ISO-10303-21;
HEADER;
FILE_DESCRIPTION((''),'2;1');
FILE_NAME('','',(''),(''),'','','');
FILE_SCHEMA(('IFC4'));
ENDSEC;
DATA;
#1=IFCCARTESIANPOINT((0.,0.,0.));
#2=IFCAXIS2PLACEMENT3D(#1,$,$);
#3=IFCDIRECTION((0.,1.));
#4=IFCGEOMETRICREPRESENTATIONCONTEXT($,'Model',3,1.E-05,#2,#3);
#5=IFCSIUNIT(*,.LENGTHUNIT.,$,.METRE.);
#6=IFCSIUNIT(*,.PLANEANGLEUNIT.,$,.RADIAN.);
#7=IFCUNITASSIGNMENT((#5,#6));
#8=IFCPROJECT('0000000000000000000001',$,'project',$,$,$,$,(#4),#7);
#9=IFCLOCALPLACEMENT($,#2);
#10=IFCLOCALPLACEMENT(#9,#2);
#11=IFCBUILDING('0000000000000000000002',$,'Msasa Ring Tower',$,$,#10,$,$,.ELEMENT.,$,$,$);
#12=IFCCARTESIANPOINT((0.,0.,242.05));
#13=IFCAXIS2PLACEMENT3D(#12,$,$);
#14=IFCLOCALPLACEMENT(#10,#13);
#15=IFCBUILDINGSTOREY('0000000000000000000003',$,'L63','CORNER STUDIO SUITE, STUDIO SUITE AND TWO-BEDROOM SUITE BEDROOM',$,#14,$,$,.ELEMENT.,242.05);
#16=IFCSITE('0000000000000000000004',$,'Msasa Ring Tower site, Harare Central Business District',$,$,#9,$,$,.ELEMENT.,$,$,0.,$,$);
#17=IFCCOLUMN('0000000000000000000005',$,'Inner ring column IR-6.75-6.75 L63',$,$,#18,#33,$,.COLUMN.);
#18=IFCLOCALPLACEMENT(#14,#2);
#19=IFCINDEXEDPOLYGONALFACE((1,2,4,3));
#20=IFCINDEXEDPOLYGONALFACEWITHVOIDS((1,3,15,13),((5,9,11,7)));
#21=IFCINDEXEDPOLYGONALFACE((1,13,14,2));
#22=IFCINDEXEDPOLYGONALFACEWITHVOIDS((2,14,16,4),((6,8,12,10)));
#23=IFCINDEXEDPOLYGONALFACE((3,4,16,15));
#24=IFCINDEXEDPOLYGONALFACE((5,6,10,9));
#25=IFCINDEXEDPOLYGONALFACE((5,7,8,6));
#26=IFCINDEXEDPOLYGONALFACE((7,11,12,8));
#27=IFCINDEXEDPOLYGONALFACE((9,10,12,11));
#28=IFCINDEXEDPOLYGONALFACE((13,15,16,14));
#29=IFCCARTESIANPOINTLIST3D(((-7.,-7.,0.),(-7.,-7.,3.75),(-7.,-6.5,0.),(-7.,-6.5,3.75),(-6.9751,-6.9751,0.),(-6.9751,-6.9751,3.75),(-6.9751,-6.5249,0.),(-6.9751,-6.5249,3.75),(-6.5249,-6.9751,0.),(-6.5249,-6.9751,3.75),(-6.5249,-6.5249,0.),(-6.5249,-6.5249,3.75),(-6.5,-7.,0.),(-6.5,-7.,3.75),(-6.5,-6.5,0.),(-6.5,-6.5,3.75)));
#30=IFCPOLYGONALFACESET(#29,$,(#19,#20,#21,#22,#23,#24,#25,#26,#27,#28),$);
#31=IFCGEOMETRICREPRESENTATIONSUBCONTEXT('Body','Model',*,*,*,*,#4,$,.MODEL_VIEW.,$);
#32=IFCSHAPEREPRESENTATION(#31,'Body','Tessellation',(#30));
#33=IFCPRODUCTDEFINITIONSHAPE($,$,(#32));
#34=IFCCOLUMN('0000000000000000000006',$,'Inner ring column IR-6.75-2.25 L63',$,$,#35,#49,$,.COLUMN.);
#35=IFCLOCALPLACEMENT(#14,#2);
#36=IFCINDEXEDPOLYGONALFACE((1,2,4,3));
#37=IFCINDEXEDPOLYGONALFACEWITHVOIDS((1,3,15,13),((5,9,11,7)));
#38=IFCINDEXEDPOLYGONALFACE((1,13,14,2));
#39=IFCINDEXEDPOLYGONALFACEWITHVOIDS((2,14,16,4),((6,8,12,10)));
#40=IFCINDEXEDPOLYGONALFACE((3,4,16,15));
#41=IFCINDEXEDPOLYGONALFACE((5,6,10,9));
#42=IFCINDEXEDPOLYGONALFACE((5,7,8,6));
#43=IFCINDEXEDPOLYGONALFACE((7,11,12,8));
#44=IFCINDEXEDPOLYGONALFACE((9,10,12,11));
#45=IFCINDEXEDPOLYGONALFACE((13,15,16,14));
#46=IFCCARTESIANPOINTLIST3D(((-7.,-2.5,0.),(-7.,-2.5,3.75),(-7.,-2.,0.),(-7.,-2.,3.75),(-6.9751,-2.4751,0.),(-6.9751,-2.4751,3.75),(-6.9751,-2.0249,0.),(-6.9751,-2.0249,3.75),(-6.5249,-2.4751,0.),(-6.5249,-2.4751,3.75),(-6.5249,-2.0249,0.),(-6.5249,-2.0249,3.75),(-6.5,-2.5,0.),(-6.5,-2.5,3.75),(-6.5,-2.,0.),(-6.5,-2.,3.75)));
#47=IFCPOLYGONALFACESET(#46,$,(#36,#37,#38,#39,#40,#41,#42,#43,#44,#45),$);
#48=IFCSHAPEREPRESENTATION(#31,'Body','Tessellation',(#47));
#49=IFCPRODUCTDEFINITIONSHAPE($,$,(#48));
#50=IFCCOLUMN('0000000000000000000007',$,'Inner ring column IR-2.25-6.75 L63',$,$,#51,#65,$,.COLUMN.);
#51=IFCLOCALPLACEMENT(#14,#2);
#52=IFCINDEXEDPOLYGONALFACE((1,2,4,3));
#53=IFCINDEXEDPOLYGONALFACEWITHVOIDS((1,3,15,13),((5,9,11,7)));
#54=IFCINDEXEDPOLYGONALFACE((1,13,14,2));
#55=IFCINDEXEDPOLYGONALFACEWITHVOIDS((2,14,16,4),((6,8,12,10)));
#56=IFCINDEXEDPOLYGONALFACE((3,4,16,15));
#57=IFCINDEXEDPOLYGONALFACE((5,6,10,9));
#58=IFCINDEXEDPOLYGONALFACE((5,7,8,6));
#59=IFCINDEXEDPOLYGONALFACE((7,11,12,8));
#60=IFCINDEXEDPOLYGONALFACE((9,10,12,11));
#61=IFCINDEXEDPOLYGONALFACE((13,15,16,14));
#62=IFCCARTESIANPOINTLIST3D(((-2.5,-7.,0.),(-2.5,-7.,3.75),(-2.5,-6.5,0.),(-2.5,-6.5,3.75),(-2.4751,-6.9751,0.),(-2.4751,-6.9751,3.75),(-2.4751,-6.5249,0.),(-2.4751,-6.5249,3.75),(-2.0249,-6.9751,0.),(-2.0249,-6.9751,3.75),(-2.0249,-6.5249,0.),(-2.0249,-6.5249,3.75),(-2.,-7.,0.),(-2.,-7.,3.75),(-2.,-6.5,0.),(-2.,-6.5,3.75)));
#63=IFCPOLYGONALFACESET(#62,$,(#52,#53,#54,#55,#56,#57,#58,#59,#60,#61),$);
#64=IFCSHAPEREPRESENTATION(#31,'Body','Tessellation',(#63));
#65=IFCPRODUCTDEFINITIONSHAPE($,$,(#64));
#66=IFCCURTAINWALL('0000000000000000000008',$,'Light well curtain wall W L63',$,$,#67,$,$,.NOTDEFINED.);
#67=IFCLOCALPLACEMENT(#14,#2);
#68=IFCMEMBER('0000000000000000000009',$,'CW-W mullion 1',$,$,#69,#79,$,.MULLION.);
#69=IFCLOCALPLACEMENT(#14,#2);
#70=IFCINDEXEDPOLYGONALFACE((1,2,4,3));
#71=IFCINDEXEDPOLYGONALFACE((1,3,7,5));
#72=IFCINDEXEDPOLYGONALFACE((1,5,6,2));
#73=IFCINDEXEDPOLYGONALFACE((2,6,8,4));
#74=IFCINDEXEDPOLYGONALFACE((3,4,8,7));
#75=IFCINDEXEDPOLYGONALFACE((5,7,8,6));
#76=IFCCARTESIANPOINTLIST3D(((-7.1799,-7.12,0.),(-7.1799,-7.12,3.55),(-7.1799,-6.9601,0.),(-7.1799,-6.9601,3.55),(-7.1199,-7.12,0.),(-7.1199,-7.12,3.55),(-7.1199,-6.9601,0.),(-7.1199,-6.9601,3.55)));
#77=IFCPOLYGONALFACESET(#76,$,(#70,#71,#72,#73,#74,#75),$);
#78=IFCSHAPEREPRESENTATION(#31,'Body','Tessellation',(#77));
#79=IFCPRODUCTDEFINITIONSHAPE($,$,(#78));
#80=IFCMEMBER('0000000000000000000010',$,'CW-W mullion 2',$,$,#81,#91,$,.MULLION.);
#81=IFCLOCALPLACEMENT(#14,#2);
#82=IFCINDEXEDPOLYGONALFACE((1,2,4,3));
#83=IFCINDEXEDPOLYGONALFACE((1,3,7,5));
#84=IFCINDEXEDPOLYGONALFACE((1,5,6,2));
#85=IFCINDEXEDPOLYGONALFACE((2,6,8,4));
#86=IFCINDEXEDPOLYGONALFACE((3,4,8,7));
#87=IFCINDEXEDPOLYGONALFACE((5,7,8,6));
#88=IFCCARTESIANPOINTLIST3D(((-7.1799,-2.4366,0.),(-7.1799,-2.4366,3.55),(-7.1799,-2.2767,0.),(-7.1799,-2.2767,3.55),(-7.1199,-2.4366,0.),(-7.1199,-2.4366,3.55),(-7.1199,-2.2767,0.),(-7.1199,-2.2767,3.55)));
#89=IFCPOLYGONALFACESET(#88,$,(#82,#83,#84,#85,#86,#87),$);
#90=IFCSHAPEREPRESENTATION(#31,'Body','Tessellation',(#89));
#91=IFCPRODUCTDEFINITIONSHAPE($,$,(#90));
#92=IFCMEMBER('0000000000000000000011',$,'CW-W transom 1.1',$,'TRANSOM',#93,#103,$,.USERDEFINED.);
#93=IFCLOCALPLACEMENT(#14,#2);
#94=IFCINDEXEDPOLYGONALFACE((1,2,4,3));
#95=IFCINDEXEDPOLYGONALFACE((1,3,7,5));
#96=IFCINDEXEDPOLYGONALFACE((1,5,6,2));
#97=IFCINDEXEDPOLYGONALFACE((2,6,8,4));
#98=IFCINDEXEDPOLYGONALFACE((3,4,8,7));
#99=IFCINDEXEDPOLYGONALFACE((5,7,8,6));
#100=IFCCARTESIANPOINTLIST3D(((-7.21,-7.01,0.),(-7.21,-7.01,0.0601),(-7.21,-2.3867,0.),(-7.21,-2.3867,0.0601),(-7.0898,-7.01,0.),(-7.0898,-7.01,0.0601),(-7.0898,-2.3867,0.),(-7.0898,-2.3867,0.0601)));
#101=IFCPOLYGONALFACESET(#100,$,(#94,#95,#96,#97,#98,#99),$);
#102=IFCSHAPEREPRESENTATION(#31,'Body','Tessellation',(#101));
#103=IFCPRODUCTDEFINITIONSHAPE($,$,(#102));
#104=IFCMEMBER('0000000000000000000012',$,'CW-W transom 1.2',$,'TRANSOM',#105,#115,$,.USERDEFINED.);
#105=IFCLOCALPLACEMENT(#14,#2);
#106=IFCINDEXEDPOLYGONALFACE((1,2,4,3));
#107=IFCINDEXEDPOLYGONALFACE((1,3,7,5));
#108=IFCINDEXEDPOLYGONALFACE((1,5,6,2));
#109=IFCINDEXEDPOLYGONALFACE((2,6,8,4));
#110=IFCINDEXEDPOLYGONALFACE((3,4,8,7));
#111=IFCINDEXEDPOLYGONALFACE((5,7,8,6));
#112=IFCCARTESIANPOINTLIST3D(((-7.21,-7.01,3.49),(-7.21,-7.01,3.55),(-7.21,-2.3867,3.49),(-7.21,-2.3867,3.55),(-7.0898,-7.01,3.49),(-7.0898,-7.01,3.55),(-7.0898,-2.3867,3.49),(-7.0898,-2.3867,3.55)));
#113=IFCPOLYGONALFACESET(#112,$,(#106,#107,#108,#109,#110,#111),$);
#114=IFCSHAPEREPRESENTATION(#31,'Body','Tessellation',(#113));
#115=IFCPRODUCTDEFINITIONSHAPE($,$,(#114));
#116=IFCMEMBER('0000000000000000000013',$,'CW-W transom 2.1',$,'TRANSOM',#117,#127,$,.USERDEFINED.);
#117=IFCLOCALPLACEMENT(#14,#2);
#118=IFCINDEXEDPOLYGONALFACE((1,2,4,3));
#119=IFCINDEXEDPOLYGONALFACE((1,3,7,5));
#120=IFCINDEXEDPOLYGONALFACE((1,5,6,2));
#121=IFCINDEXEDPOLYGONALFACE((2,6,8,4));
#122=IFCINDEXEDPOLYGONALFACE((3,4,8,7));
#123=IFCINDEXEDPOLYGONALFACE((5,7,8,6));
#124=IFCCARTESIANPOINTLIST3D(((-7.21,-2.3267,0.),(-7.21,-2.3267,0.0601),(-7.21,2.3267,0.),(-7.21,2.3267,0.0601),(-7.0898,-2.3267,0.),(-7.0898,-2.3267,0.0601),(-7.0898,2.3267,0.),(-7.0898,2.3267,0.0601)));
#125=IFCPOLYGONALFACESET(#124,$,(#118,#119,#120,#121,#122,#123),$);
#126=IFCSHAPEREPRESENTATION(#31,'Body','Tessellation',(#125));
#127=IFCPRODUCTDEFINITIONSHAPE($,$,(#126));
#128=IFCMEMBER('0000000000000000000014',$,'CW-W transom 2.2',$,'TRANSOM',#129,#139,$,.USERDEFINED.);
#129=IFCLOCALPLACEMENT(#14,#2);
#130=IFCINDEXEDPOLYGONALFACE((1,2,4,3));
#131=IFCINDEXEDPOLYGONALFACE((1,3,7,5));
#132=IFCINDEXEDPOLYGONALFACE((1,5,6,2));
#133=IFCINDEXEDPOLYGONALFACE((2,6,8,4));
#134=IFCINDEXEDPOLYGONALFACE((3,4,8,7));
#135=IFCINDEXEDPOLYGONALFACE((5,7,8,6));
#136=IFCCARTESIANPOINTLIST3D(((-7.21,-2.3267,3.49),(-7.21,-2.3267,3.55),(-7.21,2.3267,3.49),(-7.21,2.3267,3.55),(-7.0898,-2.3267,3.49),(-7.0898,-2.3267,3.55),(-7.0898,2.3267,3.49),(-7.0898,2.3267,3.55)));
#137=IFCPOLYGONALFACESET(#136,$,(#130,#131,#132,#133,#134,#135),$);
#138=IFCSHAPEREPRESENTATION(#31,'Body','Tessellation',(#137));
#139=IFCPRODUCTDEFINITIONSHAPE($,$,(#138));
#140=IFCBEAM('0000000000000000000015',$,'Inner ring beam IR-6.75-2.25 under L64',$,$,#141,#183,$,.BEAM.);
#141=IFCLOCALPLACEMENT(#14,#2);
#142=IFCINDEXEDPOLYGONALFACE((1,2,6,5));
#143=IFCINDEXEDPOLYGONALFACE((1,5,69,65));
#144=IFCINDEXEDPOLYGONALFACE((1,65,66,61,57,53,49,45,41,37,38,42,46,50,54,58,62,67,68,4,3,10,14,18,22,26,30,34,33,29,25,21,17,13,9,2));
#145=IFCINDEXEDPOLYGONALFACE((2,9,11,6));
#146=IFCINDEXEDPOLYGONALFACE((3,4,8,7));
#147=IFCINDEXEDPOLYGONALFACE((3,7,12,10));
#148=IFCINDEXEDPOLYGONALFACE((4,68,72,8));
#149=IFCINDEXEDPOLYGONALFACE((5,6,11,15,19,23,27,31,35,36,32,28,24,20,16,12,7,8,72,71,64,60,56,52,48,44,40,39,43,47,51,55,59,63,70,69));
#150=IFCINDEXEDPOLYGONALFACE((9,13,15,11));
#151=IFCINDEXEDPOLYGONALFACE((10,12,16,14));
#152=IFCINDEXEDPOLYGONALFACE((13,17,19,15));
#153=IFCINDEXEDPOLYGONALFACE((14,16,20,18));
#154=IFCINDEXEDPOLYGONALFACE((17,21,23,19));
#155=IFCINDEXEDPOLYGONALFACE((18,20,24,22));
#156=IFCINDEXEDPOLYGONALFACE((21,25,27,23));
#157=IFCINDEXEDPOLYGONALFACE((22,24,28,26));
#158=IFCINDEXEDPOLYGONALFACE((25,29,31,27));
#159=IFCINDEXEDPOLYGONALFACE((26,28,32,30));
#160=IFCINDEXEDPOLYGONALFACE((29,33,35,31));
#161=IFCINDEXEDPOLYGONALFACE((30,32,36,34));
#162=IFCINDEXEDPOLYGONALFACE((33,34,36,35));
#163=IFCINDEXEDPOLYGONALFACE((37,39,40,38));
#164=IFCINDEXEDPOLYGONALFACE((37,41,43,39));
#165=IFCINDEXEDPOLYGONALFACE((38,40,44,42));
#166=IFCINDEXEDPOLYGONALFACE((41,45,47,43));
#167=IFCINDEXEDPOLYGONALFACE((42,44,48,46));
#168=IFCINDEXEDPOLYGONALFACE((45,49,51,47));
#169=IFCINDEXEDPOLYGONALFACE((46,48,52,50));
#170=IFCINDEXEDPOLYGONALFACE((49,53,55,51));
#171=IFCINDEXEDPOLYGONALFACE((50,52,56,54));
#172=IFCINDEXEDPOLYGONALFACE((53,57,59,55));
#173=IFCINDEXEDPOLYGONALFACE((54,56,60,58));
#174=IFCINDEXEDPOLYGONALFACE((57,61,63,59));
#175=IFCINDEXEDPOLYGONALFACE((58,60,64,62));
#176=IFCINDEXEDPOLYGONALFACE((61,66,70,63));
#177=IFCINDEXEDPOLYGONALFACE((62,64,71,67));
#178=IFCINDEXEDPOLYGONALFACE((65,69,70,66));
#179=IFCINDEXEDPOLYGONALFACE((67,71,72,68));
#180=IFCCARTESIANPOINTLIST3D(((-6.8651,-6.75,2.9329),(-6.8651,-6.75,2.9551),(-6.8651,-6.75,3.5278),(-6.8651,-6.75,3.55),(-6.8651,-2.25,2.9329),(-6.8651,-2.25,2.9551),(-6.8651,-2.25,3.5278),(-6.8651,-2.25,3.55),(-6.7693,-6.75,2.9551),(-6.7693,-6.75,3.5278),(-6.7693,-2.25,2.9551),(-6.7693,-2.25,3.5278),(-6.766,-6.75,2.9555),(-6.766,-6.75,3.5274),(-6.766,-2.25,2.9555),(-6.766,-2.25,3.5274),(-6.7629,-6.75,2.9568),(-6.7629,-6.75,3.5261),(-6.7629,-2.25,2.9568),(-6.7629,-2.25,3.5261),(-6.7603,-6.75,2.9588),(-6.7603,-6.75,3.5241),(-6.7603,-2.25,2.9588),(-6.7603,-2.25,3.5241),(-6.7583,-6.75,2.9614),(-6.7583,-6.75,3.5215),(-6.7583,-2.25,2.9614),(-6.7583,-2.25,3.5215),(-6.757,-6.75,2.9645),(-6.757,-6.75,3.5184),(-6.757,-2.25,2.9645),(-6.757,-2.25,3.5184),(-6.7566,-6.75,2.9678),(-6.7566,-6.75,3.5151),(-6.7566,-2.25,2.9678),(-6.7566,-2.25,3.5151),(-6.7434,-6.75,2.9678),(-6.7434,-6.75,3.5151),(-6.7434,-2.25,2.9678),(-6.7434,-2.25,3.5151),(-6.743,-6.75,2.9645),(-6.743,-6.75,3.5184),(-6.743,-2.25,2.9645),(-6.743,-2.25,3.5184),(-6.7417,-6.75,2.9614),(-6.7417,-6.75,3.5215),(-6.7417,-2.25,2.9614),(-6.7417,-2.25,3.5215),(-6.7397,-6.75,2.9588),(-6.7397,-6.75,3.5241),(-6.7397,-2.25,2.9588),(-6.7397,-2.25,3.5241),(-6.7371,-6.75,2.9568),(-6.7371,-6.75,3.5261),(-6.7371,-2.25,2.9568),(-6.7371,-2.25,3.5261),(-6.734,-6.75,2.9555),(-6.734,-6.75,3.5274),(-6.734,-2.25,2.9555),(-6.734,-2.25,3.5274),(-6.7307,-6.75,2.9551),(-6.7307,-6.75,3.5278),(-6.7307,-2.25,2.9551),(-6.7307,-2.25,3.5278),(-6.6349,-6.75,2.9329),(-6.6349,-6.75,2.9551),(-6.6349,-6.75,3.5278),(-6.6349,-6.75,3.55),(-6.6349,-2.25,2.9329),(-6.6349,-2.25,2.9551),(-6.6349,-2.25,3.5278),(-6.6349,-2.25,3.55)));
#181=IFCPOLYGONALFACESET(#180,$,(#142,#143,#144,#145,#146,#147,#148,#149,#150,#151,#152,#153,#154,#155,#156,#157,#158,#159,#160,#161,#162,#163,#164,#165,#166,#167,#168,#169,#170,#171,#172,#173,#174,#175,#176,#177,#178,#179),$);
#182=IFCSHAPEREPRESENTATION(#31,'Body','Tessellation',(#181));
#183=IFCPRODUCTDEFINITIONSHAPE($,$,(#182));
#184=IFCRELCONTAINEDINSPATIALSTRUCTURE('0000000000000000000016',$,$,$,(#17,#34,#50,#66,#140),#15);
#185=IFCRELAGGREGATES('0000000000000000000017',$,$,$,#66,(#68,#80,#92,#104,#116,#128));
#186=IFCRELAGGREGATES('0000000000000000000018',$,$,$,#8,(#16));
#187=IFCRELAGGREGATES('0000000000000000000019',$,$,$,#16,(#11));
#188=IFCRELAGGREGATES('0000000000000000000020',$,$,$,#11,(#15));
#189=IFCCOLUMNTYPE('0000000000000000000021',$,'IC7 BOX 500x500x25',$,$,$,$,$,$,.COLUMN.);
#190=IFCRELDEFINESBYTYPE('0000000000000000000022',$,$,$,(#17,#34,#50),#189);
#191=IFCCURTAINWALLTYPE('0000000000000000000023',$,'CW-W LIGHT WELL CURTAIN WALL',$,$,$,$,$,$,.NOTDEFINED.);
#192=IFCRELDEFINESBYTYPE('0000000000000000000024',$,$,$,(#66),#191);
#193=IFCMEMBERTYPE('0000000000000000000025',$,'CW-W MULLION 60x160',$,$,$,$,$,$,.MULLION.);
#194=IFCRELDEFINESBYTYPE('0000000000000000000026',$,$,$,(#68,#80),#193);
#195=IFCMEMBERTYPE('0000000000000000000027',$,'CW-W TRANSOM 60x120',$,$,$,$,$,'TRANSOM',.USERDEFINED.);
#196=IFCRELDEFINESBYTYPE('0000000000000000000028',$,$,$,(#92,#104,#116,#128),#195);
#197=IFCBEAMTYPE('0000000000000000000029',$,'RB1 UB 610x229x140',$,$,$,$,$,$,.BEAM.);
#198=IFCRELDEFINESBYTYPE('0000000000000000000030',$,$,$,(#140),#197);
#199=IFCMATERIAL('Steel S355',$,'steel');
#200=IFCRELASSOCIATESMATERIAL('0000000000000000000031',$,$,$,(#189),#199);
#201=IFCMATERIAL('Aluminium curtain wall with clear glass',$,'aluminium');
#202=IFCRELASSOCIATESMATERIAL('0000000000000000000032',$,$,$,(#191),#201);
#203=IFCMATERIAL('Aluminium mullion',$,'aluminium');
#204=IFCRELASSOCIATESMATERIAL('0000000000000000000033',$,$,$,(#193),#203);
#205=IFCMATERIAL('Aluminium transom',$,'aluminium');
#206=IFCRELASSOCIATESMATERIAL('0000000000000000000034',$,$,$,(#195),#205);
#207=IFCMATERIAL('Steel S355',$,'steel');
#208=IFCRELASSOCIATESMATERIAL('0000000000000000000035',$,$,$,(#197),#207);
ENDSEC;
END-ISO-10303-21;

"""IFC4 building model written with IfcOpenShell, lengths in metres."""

from ifc_helpers import new_model, si_unit, direction, frame, origin, origin_2d, place, context, subcontext, project, spatial, rectangle, hollow_rectangle, i_section, extrude, material, material_profile, profile_set, type_object, element, aggregate, save


model = new_model("IFC4")

# Units and contexts
model_context = context("Model", 3, precision=1e-05, world=origin(), true_north=direction((0.0, 1.0)))
body_context = subcontext(model_context, "Body", "Model", "MODEL_VIEW")
ifc_project = project(units=[si_unit("LENGTHUNIT", "METRE"), si_unit("PLANEANGLEUNIT", "RADIAN")], contexts=[model_context])

# Site, building, storey
site_placement = place(None, origin())
site = spatial("IfcSite", under=ifc_project, at=site_placement, Name="Msasa Ring Tower site, Harare Central Business District", CompositionType="ELEMENT", RefElevation=0.0)
building_placement = place(site_placement, origin())
building = spatial("IfcBuilding", under=site, at=building_placement, Name="Msasa Ring Tower", CompositionType="ELEMENT")
storey_placement = place(building_placement, frame((0.0, 0.0, 242.05)))
storey = spatial("IfcBuildingStorey", under=building, at=storey_placement, Name="L63", Description="CORNER STUDIO SUITE, STUDIO SUITE AND TWO-BEDROOM SUITE BEDROOM", CompositionType="ELEMENT", Elevation=242.05)

# Columns
ifc_material_1 = material(Name="Steel S355", Category="steel")
ifc_material_profile_1 = material_profile(ifc_material_1, hollow_rectangle(XDim=0.5, YDim=0.5, WallThickness=0.0249, at=origin_2d()), Name="BOX 500x500x25")
ifc_profile_set_1 = profile_set([ifc_material_profile_1], Name="Steel S355")
column_type = type_object("IfcColumnType", Name="IC7 BOX 500x500x25", PredefinedType="COLUMN", material=ifc_profile_set_1)
for number, where, z_axis, x_axis, name in (
    (1, (-6.75, -6.75, 0.0), (0.0, 0.0, 1.0), (1.0, 0.0, 0.0), "Inner ring column IR-6.75-6.75 L63"),
    (2, (-6.75, -2.25, 0.0), (0.0, 0.0, 1.0), (1.0, 0.0, 0.0), "Inner ring column IR-6.75-2.25 L63"),
    (3, (-2.25, -6.75, 0.0), (0.0, 0.0, 1.0), (1.0, 0.0, 0.0), "Inner ring column IR-2.25-6.75 L63"),
):
    element("IfcColumn", number, at=place(storey_placement, frame(where, z_axis=z_axis, x_axis=x_axis)), inside=storey, type_object=column_type, Name=name, PredefinedType="COLUMN", context=body_context, shape_type="SweptSolid", body=[
        extrude(hollow_rectangle(XDim=0.5, YDim=0.5, WallThickness=0.0249, at=origin_2d()), origin(), (0.0, 0.0, 1.0), 3.75),
    ])

# Curtain wall, members
ifc_material_2 = material(Name="Aluminium curtain wall with clear glass", Category="aluminium")
curtain_wall_type = type_object("IfcCurtainWallType", Name="CW-W LIGHT WELL CURTAIN WALL", PredefinedType="NOTDEFINED", material=ifc_material_2)
curtain_wall_1_placement = place(storey_placement, origin())
curtain_wall_1 = element("IfcCurtainWall", 4, at=curtain_wall_1_placement, inside=storey, type_object=curtain_wall_type, Name="Light well curtain wall W L63", PredefinedType="NOTDEFINED")
ifc_material_3 = material(Name="Aluminium mullion", Category="aluminium")
ifc_material_profile_2 = material_profile(ifc_material_3, rectangle(XDim=0.0601, YDim=0.1599, at=origin_2d()), Name="AL 60x160")
ifc_profile_set_2 = profile_set([ifc_material_profile_2], Name="Aluminium mullion")
member_type_1 = type_object("IfcMemberType", Name="CW-W MULLION 60x160", PredefinedType="MULLION", material=ifc_profile_set_2)
member_1_placement = place(storey_placement, frame((-7.1499, -7.04, 0.0), z_axis=(0.0, 0.0, 1.0), x_axis=(-1.0, 0.0, 0.0)))
member_1 = element("IfcMember", 5, at=member_1_placement, type_object=member_type_1, Name="CW-W mullion 1", PredefinedType="MULLION", context=body_context, shape_type="SweptSolid", body=[
    extrude(rectangle(XDim=0.0601, YDim=0.1599, at=origin_2d()), origin(), (0.0, 0.0, 1.0), 3.55),
])
member_2_placement = place(storey_placement, frame((-7.1499, -2.3567, 0.0), z_axis=(0.0, 0.0, 1.0), x_axis=(-1.0, 0.0, 0.0)))
member_2 = element("IfcMember", 6, at=member_2_placement, type_object=member_type_1, Name="CW-W mullion 2", PredefinedType="MULLION", context=body_context, shape_type="SweptSolid", body=[
    extrude(rectangle(XDim=0.0601, YDim=0.1599, at=origin_2d()), origin(), (0.0, 0.0, 1.0), 3.55),
])
ifc_material_4 = material(Name="Aluminium transom", Category="aluminium")
ifc_material_profile_3 = material_profile(ifc_material_4, rectangle(XDim=0.1201, YDim=0.0601, at=origin_2d()), Name="AL 60x120")
ifc_profile_set_3 = profile_set([ifc_material_profile_3], Name="Aluminium transom")
member_type_2 = type_object("IfcMemberType", Name="CW-W TRANSOM 60x120", ElementType="TRANSOM", PredefinedType="USERDEFINED", material=ifc_profile_set_3)
member_3_placement = place(storey_placement, frame((-7.1499, -7.01, 0.03), z_axis=(0.0, 1.0, 0.0), x_axis=(-1.0, 0.0, 0.0)))
member_3 = element("IfcMember", 7, at=member_3_placement, type_object=member_type_2, Name="CW-W transom 1.1", ObjectType="TRANSOM", PredefinedType="USERDEFINED", context=body_context, shape_type="SweptSolid", body=[
    extrude(rectangle(XDim=0.1201, YDim=0.0601, at=origin_2d()), origin(), (0.0, 0.0, 1.0), 4.6233),
])
member_4_placement = place(storey_placement, frame((-7.1499, -7.01, 3.52), z_axis=(0.0, 1.0, 0.0), x_axis=(-1.0, 0.0, 0.0)))
member_4 = element("IfcMember", 8, at=member_4_placement, type_object=member_type_2, Name="CW-W transom 1.2", ObjectType="TRANSOM", PredefinedType="USERDEFINED", context=body_context, shape_type="SweptSolid", body=[
    extrude(rectangle(XDim=0.1201, YDim=0.0601, at=origin_2d()), origin(), (0.0, 0.0, 1.0), 4.6233),
])
member_5_placement = place(storey_placement, frame((-7.1499, -2.3267, 0.03), z_axis=(0.0, 1.0, 0.0), x_axis=(-1.0, 0.0, 0.0)))
member_5 = element("IfcMember", 9, at=member_5_placement, type_object=member_type_2, Name="CW-W transom 2.1", ObjectType="TRANSOM", PredefinedType="USERDEFINED", context=body_context, shape_type="SweptSolid", body=[
    extrude(rectangle(XDim=0.1201, YDim=0.0601, at=origin_2d()), origin(), (0.0, 0.0, 1.0), 4.6533),
])
member_6_placement = place(storey_placement, frame((-7.1499, -2.3267, 3.52), z_axis=(0.0, 1.0, 0.0), x_axis=(-1.0, 0.0, 0.0)))
member_6 = element("IfcMember", 10, at=member_6_placement, type_object=member_type_2, Name="CW-W transom 2.2", ObjectType="TRANSOM", PredefinedType="USERDEFINED", context=body_context, shape_type="SweptSolid", body=[
    extrude(rectangle(XDim=0.1201, YDim=0.0601, at=origin_2d()), origin(), (0.0, 0.0, 1.0), 4.6533),
])

# Beam
ifc_material_5 = material(Name="Steel S355", Category="steel")
ifc_material_profile_4 = material_profile(ifc_material_5, i_section(OverallWidth=0.2302, OverallDepth=0.6172, WebThickness=0.0132, FlangeThickness=0.0222, FilletRadius=0.0127, at=origin_2d()), Name="UB 610x229x140")
ifc_profile_set_4 = profile_set([ifc_material_profile_4], Name="Steel S355")
beam_type = type_object("IfcBeamType", Name="RB1 UB 610x229x140", PredefinedType="BEAM", material=ifc_profile_set_4)
for number, where, z_axis, x_axis, name in (
    (11, (-6.75, -2.25, 3.2415), (0.0, -1.0, 0.0), (1.0, 0.0, 0.0), "Inner ring beam IR-6.75-2.25 under L64"),
):
    element("IfcBeam", number, at=place(storey_placement, frame(where, z_axis=z_axis, x_axis=x_axis)), inside=storey, type_object=beam_type, Name=name, PredefinedType="BEAM", context=body_context, shape_type="SweptSolid", body=[
        extrude(i_section(OverallWidth=0.2302, OverallDepth=0.6172, WebThickness=0.0132, FlangeThickness=0.0222, FilletRadius=0.0127, at=origin_2d()), origin(), (0.0, 0.0, 1.0), 4.5),
    ])

aggregate(curtain_wall_1, [member_1, member_2, member_3, member_4, member_5, member_6])

save(model, "model.ifc")
